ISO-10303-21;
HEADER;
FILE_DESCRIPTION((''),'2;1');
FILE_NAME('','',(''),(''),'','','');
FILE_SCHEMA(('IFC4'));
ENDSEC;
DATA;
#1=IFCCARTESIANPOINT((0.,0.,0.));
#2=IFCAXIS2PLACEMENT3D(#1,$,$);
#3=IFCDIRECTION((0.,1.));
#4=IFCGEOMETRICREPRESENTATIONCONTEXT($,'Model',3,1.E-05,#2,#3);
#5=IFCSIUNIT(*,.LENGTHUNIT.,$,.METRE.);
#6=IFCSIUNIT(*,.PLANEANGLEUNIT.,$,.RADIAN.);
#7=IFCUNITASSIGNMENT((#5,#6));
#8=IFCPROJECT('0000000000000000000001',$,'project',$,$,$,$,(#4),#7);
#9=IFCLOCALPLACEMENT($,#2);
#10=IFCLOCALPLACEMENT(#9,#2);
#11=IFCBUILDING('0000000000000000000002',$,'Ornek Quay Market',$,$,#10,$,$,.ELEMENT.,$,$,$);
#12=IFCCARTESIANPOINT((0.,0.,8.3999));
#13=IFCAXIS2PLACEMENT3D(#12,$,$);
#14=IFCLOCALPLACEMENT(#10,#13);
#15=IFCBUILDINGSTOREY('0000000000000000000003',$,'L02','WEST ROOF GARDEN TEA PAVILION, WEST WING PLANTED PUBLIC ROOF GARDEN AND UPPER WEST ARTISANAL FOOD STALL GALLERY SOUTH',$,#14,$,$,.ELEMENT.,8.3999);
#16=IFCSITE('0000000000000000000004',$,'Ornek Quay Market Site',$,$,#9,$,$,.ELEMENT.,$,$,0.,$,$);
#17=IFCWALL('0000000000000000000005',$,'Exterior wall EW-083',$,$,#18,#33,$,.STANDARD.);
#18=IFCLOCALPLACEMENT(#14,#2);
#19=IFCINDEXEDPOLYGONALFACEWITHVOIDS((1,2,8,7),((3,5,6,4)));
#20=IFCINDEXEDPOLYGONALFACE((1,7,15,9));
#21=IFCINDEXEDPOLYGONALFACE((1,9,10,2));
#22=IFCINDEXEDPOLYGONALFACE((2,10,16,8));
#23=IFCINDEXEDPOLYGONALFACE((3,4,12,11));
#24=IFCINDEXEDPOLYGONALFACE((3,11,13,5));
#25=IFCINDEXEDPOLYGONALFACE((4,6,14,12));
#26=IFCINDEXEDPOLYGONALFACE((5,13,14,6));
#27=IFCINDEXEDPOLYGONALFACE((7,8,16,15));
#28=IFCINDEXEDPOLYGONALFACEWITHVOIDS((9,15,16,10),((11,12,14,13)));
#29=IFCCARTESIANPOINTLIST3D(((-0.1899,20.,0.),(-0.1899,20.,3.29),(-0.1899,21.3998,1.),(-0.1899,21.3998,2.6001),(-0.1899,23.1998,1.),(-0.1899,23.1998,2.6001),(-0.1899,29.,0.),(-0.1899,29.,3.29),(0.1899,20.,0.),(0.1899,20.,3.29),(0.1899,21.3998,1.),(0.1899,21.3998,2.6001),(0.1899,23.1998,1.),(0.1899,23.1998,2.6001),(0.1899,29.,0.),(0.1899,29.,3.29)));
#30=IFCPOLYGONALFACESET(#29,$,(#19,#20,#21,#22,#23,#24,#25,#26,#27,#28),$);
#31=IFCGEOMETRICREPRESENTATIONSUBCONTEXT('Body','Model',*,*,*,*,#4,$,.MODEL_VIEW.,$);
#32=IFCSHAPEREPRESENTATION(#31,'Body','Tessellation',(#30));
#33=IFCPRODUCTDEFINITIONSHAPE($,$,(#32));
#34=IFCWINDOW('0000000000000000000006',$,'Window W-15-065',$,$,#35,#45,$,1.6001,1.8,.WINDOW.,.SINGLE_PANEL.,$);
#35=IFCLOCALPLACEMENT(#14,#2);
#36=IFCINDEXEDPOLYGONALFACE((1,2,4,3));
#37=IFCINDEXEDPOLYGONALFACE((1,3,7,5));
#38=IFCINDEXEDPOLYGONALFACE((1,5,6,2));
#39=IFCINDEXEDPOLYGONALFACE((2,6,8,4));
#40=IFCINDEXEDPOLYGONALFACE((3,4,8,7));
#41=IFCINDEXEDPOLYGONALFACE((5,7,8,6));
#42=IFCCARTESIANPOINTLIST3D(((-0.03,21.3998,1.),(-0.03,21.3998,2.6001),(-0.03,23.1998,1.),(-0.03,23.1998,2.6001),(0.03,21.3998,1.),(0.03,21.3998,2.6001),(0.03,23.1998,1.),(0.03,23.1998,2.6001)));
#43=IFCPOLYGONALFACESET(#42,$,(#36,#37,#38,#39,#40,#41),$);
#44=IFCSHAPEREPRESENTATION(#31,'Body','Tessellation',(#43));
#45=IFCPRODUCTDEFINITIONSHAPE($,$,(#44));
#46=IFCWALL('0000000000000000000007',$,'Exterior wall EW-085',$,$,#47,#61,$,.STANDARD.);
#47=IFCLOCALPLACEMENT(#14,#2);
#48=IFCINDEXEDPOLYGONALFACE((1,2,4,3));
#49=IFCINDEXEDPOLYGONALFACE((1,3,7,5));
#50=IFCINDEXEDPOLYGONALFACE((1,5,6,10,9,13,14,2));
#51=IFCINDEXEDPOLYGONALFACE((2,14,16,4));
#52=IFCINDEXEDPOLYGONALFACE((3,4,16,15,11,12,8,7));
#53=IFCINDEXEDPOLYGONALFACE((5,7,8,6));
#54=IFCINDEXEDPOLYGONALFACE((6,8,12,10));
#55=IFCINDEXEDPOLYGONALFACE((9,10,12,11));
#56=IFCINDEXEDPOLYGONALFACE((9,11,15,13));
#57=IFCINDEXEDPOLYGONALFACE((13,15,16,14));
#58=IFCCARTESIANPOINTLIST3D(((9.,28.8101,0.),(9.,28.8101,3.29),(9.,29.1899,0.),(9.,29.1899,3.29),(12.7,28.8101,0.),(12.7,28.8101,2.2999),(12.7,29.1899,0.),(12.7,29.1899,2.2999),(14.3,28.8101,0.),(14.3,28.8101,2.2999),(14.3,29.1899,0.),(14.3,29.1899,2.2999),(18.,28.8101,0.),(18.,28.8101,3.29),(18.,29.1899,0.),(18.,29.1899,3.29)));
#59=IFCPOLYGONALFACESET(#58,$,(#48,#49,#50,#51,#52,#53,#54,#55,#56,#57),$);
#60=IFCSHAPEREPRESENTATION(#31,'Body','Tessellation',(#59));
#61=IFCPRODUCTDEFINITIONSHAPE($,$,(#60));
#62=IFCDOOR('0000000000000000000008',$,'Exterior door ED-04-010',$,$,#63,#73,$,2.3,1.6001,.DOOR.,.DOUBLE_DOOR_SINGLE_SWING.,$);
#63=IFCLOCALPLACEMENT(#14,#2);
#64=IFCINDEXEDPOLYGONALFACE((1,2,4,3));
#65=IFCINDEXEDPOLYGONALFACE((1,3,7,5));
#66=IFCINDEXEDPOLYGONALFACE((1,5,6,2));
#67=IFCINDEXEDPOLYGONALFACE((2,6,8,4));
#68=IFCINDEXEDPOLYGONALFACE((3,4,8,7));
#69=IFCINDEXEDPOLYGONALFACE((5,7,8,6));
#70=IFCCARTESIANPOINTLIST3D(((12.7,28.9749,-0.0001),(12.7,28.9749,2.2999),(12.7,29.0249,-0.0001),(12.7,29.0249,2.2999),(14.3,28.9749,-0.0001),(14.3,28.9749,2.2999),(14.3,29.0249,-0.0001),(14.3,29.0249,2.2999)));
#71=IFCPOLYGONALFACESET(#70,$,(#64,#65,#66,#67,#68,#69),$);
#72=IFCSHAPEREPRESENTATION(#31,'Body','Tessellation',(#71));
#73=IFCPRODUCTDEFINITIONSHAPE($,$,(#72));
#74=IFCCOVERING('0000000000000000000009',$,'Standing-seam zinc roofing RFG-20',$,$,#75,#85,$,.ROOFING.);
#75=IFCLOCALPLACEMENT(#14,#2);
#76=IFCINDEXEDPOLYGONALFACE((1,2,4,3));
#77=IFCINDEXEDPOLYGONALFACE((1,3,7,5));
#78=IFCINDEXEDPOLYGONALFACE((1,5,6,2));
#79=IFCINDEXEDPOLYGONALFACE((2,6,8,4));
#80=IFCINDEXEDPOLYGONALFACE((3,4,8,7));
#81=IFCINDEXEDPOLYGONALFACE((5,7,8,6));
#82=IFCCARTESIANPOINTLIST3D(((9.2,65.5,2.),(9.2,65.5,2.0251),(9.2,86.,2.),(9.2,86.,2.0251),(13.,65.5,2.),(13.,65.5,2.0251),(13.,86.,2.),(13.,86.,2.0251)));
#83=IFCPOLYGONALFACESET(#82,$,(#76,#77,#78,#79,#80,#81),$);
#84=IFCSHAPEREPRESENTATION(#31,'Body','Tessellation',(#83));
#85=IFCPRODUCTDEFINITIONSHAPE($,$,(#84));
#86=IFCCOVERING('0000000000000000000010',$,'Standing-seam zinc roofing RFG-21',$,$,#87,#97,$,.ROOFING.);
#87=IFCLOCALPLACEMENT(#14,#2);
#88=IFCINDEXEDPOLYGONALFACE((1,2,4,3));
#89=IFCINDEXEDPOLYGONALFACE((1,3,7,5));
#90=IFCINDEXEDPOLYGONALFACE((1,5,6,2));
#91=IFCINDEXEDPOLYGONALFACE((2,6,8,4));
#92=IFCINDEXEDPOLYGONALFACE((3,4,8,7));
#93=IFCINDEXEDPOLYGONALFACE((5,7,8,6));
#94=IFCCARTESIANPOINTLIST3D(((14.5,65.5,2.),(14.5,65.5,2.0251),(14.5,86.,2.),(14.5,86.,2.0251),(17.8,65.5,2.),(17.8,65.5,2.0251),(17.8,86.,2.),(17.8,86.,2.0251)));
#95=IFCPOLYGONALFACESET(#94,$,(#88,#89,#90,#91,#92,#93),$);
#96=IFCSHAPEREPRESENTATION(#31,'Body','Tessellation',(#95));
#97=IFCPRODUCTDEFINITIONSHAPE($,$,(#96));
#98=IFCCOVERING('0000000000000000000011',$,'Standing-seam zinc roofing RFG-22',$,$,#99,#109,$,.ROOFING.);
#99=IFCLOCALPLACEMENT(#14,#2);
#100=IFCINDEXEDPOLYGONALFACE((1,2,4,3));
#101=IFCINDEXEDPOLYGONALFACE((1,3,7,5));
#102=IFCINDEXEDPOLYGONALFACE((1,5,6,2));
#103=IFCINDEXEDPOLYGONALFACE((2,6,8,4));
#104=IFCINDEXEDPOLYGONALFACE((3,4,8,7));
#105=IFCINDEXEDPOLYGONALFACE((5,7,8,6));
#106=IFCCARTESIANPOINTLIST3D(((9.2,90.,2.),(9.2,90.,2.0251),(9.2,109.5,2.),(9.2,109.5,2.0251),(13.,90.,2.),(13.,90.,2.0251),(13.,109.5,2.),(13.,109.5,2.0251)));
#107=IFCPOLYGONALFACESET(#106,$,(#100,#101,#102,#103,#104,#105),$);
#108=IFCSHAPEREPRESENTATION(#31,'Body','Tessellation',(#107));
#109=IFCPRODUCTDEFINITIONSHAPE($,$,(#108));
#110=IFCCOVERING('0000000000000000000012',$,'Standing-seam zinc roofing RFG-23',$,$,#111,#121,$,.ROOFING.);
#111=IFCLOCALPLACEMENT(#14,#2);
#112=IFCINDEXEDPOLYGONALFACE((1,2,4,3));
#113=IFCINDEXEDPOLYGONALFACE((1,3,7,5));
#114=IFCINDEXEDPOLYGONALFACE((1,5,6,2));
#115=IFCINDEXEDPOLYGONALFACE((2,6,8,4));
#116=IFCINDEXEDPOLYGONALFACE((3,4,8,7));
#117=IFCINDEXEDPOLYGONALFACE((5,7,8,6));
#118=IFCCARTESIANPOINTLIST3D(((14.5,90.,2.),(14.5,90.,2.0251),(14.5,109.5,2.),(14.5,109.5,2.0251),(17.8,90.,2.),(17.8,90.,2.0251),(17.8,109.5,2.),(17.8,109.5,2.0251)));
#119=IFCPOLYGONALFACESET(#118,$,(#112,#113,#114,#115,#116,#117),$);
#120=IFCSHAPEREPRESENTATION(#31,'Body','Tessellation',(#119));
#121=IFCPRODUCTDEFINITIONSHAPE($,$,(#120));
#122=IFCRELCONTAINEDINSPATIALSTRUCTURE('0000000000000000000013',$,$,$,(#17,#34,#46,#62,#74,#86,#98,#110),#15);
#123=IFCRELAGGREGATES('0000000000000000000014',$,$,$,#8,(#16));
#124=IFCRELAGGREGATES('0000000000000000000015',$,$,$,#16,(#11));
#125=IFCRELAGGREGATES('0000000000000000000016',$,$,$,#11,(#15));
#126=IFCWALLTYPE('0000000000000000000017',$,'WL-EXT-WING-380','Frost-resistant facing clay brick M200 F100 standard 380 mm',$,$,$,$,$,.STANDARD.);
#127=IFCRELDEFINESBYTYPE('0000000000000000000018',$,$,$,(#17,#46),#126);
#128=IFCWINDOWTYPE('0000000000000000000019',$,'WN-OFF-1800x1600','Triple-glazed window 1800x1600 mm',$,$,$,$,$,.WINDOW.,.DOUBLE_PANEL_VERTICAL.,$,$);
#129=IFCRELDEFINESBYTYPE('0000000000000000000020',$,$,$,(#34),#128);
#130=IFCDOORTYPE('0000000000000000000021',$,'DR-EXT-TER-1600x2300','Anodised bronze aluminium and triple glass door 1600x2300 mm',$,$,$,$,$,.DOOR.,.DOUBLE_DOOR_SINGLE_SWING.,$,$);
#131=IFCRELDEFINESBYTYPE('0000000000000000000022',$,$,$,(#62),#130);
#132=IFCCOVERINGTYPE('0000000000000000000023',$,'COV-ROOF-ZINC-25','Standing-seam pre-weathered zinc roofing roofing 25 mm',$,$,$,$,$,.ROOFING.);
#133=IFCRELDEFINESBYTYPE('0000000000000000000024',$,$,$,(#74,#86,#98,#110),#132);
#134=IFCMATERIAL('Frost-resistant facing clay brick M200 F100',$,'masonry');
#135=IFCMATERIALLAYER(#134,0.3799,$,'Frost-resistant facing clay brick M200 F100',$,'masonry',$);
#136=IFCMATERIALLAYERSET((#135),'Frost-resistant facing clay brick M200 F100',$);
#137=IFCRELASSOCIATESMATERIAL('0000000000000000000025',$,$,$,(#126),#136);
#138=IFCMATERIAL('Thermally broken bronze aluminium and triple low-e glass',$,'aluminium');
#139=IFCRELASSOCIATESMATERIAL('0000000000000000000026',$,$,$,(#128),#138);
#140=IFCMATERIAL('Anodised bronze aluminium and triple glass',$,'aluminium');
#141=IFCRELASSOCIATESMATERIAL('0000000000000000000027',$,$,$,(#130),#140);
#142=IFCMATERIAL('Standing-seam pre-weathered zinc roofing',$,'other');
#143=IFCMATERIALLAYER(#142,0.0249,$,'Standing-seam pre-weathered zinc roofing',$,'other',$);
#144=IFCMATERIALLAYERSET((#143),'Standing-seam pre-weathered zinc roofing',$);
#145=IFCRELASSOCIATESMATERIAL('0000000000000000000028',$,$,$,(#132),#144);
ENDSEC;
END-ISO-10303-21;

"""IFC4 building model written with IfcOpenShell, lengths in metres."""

from ifc_helpers import new_model, si_unit, direction, frame, frame_2d, origin, place, context, subcontext, project, spatial, polyline, rectangle, outline, extrude, material, layer, layer_set, type_object, element, fill, save


model = new_model("IFC4")

# Units and contexts
model_context = context("Model", 3, precision=1e-05, world=origin(), true_north=direction((0.0, 1.0)))
body_context = subcontext(model_context, "Body", "Model", "MODEL_VIEW")
ifc_project = project(units=[si_unit("LENGTHUNIT", "METRE"), si_unit("PLANEANGLEUNIT", "RADIAN")], contexts=[model_context])

# Site, building, storey
site_placement = place(None, origin())
site = spatial("IfcSite", under=ifc_project, at=site_placement, Name="Ornek Quay Market Site", CompositionType="ELEMENT", RefElevation=0.0)
building_placement = place(site_placement, origin())
building = spatial("IfcBuilding", under=site, at=building_placement, Name="Ornek Quay Market", CompositionType="ELEMENT")
storey_placement = place(building_placement, frame((0.0, 0.0, 8.3999)))
storey = spatial("IfcBuildingStorey", under=building, at=storey_placement, Name="L02", Description="WEST ROOF GARDEN TEA PAVILION, WEST WING PLANTED PUBLIC ROOF GARDEN AND UPPER WEST ARTISANAL FOOD STALL GALLERY SOUTH", CompositionType="ELEMENT", Elevation=8.3999)

# Wall, opening, window
ifc_material_1 = material(Name="Frost-resistant facing clay brick M200 F100", Category="masonry")
ifc_layer_1 = layer(ifc_material_1, 0.3799, Name="Frost-resistant facing clay brick M200 F100", Category="masonry")
ifc_layer_set_1 = layer_set([ifc_layer_1], Name="Frost-resistant facing clay brick M200 F100")
wall_type_1 = type_object("IfcWallType", Name="WL-EXT-WING-380", Description="Frost-resistant facing clay brick M200 F100 standard 380 mm", PredefinedType="STANDARD", material=ifc_layer_set_1)
ifc_material_2 = material(Name="Thermally broken bronze aluminium and triple low-e glass", Category="aluminium")
window_type = type_object("IfcWindowType", Name="WN-OFF-1800x1600", Description="Triple-glazed window 1800x1600 mm", PartitioningType="DOUBLE_PANEL_VERTICAL", PredefinedType="WINDOW", material=ifc_material_2)
wall_1_placement = place(storey_placement, frame((0.0, 20.0, 0.0), z_axis=(0.0, 0.0, 1.0), x_axis=(0.0, 1.0, 0.0)))
wall_1 = element("IfcWall", 1, at=wall_1_placement, inside=storey, type_object=wall_type_1, Name="Exterior wall EW-083", PredefinedType="STANDARD", context=body_context, shape_type="SweptSolid", body=[
    extrude(rectangle(XDim=9.0, YDim=0.3799, at=frame_2d((4.5, 0.0))), origin(), (0.0, 0.0, 1.0), 3.29),
])
opening_1_placement = place(wall_1_placement, frame((1.3999, 0.0, 1.0)))
opening_1 = element("IfcOpeningElement", 2, at=opening_1_placement, cuts=wall_1, PredefinedType="OPENING", context=body_context, shape_type="SweptSolid", body=[
    extrude(rectangle(XDim=1.8, YDim=1.6001, at=frame_2d((0.8999, 0.8))), frame((0.0, 0.2, 0.0), z_axis=(0.0, -1.0, 0.0), x_axis=(1.0, 0.0, 0.0)), (0.0, 0.0, 1.0), 0.3999),
])
window_1_placement = place(opening_1_placement, origin())
window_1 = element("IfcWindow", 3, at=window_1_placement, inside=storey, type_object=window_type, Name="Window W-15-065", OverallHeight=1.6001, OverallWidth=1.8, PartitioningType="SINGLE_PANEL", PredefinedType="WINDOW", context=body_context, shape_type="SweptSolid", body=[
    extrude(rectangle(XDim=1.8, YDim=1.6001, at=frame_2d((0.8999, 0.8))), frame((0.0, 0.03, 0.0), z_axis=(0.0, -1.0, 0.0), x_axis=(1.0, 0.0, 0.0)), (0.0, 0.0, 1.0), 0.0601),
])
fill(opening_1, window_1)

# Wall, opening, door
wall_2_placement = place(storey_placement, frame((9.0, 29.0, 0.0), z_axis=(0.0, 0.0, 1.0), x_axis=(1.0, 0.0, 0.0)))
wall_2 = element("IfcWall", 4, at=wall_2_placement, inside=storey, type_object=wall_type_1, Name="Exterior wall EW-085", PredefinedType="STANDARD", context=body_context, shape_type="SweptSolid", body=[
    extrude(rectangle(XDim=9.0, YDim=0.3799, at=frame_2d((4.5, 0.0))), origin(), (0.0, 0.0, 1.0), 3.29),
])
opening_2_placement = place(wall_2_placement, frame((3.7, 0.0, 0.0)))
opening_2 = element("IfcOpeningElement", 5, at=opening_2_placement, cuts=wall_2, PredefinedType="OPENING", context=body_context, shape_type="SweptSolid", body=[
    extrude(rectangle(XDim=1.6001, YDim=2.3, at=frame_2d((0.8, 1.1499))), frame((0.0, 0.2, 0.0), z_axis=(0.0, -1.0, 0.0), x_axis=(1.0, 0.0, 0.0)), (0.0, 0.0, 1.0), 0.3999),
])
ifc_material_3 = material(Name="Anodised bronze aluminium and triple glass", Category="aluminium")
door_type_1 = type_object("IfcDoorType", Name="DR-EXT-TER-1600x2300", Description="Anodised bronze aluminium and triple glass door 1600x2300 mm", OperationType="DOUBLE_DOOR_SINGLE_SWING", PredefinedType="DOOR", material=ifc_material_3)
door_1_placement = place(opening_2_placement, origin())
door_1 = element("IfcDoor", 6, at=door_1_placement, inside=storey, type_object=door_type_1, Name="Exterior door ED-04-010", OperationType="DOUBLE_DOOR_SINGLE_SWING", OverallHeight=2.3, OverallWidth=1.6001, PredefinedType="DOOR", context=body_context, shape_type="SweptSolid", body=[
    extrude(rectangle(XDim=1.6001, YDim=2.3, at=frame_2d((0.8, 1.1499))), frame((0.0, 0.0249, 0.0), z_axis=(0.0, -1.0, 0.0), x_axis=(1.0, 0.0, 0.0)), (0.0, 0.0, 1.0), 0.05),
])
fill(opening_2, door_1)

# Coverings
ifc_material_4 = material(Name="Standing-seam pre-weathered zinc roofing", Category="other")
ifc_layer_2 = layer(ifc_material_4, 0.0249, Name="Standing-seam pre-weathered zinc roofing", Category="other")
ifc_layer_set_2 = layer_set([ifc_layer_2], Name="Standing-seam pre-weathered zinc roofing")
covering_type = type_object("IfcCoveringType", Name="COV-ROOF-ZINC-25", Description="Standing-seam pre-weathered zinc roofing roofing 25 mm", PredefinedType="ROOFING", material=ifc_layer_set_2)
covering_1_placement = place(storey_placement, frame((0.0, 0.0, 2.0)))
element("IfcCovering", 7, at=covering_1_placement, inside=storey, type_object=covering_type, Name="Standing-seam zinc roofing RFG-20", PredefinedType="ROOFING", context=body_context, shape_type="SweptSolid", body=[
    extrude(outline(polyline([(9.2, 65.5), (13.0, 65.5), (13.0, 86.0), (9.2, 86.0), (9.2, 65.5)])), origin(), (0.0, 0.0, 1.0), 0.0251),
])
covering_2_placement = place(storey_placement, frame((0.0, 0.0, 2.0)))
element("IfcCovering", 8, at=covering_2_placement, inside=storey, type_object=covering_type, Name="Standing-seam zinc roofing RFG-21", PredefinedType="ROOFING", context=body_context, shape_type="SweptSolid", body=[
    extrude(outline(polyline([(14.5, 65.5), (17.8, 65.5), (17.8, 86.0), (14.5, 86.0), (14.5, 65.5)])), origin(), (0.0, 0.0, 1.0), 0.0251),
])
covering_3_placement = place(storey_placement, frame((0.0, 0.0, 2.0)))
element("IfcCovering", 9, at=covering_3_placement, inside=storey, type_object=covering_type, Name="Standing-seam zinc roofing RFG-22", PredefinedType="ROOFING", context=body_context, shape_type="SweptSolid", body=[
    extrude(outline(polyline([(9.2, 90.0), (13.0, 90.0), (13.0, 109.5), (9.2, 109.5), (9.2, 90.0)])), origin(), (0.0, 0.0, 1.0), 0.0251),
])
covering_4_placement = place(storey_placement, frame((0.0, 0.0, 2.0)))
element("IfcCovering", 10, at=covering_4_placement, inside=storey, type_object=covering_type, Name="Standing-seam zinc roofing RFG-23", PredefinedType="ROOFING", context=body_context, shape_type="SweptSolid", body=[
    extrude(outline(polyline([(14.5, 90.0), (17.8, 90.0), (17.8, 109.5), (14.5, 109.5), (14.5, 90.0)])), origin(), (0.0, 0.0, 1.0), 0.0251),
])

save(model, "model.ifc")
